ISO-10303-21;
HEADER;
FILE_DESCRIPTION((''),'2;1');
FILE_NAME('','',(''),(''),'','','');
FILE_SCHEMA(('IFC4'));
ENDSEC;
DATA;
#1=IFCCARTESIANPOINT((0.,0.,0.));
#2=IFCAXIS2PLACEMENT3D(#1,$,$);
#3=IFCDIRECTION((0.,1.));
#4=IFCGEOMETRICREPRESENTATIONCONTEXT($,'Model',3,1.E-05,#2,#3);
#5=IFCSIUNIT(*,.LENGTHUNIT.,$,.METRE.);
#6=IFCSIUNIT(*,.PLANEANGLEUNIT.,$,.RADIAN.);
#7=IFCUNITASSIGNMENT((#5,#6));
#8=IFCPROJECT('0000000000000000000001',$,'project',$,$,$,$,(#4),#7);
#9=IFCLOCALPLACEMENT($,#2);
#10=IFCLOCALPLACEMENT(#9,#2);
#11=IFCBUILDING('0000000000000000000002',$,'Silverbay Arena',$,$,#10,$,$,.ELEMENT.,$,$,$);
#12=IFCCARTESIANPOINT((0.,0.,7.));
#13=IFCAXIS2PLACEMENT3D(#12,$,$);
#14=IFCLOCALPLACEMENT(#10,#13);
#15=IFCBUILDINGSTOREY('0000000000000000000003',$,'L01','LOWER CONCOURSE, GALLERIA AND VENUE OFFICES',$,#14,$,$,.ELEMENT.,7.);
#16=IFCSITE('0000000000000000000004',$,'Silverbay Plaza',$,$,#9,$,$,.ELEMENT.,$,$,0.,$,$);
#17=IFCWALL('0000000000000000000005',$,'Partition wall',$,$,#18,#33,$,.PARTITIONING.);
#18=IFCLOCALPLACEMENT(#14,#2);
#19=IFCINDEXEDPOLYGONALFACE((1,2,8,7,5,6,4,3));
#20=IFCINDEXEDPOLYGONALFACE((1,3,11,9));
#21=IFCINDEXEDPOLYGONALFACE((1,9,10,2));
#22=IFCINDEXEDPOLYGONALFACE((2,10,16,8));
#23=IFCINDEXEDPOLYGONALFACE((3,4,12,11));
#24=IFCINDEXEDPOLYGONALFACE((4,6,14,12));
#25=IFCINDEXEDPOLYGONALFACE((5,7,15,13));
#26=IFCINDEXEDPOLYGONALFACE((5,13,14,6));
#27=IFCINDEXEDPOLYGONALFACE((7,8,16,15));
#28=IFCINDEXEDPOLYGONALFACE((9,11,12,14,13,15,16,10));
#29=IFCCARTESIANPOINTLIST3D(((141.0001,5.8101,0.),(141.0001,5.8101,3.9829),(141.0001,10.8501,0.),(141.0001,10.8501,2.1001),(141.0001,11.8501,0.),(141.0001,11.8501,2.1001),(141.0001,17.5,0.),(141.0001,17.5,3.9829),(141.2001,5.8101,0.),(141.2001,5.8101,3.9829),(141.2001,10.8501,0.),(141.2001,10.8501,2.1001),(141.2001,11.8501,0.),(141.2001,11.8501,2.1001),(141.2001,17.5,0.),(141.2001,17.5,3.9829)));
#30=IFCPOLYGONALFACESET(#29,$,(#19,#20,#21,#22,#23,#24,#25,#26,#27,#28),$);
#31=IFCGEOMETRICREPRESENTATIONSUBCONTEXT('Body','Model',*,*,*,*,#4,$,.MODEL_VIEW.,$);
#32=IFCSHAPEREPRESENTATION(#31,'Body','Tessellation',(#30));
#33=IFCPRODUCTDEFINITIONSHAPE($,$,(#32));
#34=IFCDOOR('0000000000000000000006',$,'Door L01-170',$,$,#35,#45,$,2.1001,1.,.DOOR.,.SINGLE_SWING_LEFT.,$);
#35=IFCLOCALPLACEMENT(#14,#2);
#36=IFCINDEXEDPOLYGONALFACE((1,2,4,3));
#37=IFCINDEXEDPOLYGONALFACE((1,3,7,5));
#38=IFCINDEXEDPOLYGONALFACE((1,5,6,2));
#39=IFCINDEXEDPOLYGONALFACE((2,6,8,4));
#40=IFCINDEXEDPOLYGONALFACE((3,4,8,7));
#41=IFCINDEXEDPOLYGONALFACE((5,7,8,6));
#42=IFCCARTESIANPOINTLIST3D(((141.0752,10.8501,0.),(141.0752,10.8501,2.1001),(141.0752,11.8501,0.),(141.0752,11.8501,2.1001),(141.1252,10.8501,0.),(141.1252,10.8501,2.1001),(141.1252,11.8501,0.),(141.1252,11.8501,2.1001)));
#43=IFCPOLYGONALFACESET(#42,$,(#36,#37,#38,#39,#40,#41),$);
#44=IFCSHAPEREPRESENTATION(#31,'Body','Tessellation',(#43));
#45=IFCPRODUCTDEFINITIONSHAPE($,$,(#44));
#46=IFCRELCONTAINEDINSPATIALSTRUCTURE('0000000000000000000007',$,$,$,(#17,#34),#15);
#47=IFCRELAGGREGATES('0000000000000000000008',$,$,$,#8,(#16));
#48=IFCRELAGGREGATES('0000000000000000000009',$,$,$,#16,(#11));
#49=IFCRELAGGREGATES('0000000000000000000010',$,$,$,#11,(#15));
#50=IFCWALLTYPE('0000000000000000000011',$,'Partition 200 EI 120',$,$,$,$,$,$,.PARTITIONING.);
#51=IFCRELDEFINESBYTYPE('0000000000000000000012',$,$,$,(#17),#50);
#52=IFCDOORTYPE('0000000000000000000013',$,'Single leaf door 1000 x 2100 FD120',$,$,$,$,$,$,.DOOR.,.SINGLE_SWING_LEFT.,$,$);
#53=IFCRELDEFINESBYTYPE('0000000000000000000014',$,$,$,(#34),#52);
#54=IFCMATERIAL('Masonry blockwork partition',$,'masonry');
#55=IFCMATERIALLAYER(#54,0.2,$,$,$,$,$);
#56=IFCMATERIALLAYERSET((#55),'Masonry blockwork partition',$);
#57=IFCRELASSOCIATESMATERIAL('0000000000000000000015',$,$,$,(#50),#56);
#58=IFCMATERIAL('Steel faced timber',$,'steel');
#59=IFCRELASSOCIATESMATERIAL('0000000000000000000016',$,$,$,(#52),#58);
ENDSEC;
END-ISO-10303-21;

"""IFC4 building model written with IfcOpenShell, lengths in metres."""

from ifc_helpers import new_model, si_unit, direction, frame, frame_2d, origin, place, context, subcontext, project, spatial, rectangle, extrude, material, layer, layer_set, type_object, element, fill, save


model = new_model("IFC4")

# Units and contexts
model_context = context("Model", 3, precision=1e-05, world=origin(), true_north=direction((0.0, 1.0)))
body_context = subcontext(model_context, "Body", "Model", "MODEL_VIEW")
ifc_project = project(units=[si_unit("LENGTHUNIT", "METRE"), si_unit("PLANEANGLEUNIT", "RADIAN")], contexts=[model_context])

# Site, building, storey
site_placement = place(None, origin())
site = spatial("IfcSite", under=ifc_project, at=site_placement, Name="Silverbay Plaza", CompositionType="ELEMENT", RefElevation=0.0)
building_placement = place(site_placement, origin())
building = spatial("IfcBuilding", under=site, at=building_placement, Name="Silverbay Arena", CompositionType="ELEMENT")
storey_placement = place(building_placement, frame((0.0, 0.0, 7.0)))
storey = spatial("IfcBuildingStorey", under=building, at=storey_placement, Name="L01", Description="LOWER CONCOURSE, GALLERIA AND VENUE OFFICES", CompositionType="ELEMENT", Elevation=7.0)

# Wall, opening, door
ifc_material_1 = material(Name="Masonry blockwork partition", Category="masonry")
ifc_layer_1 = layer(ifc_material_1, 0.2)
ifc_layer_set_1 = layer_set([ifc_layer_1], Name="Masonry blockwork partition")
wall_type = type_object("IfcWallType", Name="Partition 200 EI 120", PredefinedType="PARTITIONING", material=ifc_layer_set_1)
wall_placement = place(storey_placement, frame((141.1001, 5.8101, 0.0), z_axis=(0.0, 0.0, 1.0), x_axis=(0.0, 1.0, 0.0)))
wall = element("IfcWall", 1, at=wall_placement, inside=storey, type_object=wall_type, Name="Partition wall", PredefinedType="PARTITIONING", context=body_context, shape_type="SweptSolid", body=[
    extrude(rectangle(XDim=11.6899, YDim=0.2, at=frame_2d((5.845, 0.0))), origin(), (0.0, 0.0, 1.0), 3.9829),
])
opening_placement = place(wall_placement, frame((5.04, 0.0, 0.0)))
opening = element("IfcOpeningElement", 2, at=opening_placement, cuts=wall, PredefinedType="OPENING", context=body_context, shape_type="SweptSolid", body=[
    extrude(rectangle(XDim=1.0, YDim=2.1001, at=frame_2d((0.5, 1.05))), frame((0.0, 0.1099, 0.0), z_axis=(0.0, -1.0, 0.0), x_axis=(1.0, 0.0, 0.0)), (0.0, 0.0, 1.0), 0.22),
])
ifc_material_2 = material(Name="Steel faced timber", Category="steel")
door_type = type_object("IfcDoorType", Name="Single leaf door 1000 x 2100 FD120", OperationType="SINGLE_SWING_LEFT", PredefinedType="DOOR", material=ifc_material_2)
door_placement = place(opening_placement, origin())
door = element("IfcDoor", 3, at=door_placement, inside=storey, type_object=door_type, Name="Door L01-170", OperationType="SINGLE_SWING_LEFT", OverallHeight=2.1001, OverallWidth=1.0, PredefinedType="DOOR", context=body_context, shape_type="SweptSolid", body=[
    extrude(rectangle(XDim=1.0, YDim=2.1001, at=frame_2d((0.5, 1.05))), frame((0.0, 0.0249, 0.0), z_axis=(0.0, -1.0, 0.0), x_axis=(1.0, 0.0, 0.0)), (0.0, 0.0, 1.0), 0.05),
])
fill(opening, door)

save(model, "model.ifc")
